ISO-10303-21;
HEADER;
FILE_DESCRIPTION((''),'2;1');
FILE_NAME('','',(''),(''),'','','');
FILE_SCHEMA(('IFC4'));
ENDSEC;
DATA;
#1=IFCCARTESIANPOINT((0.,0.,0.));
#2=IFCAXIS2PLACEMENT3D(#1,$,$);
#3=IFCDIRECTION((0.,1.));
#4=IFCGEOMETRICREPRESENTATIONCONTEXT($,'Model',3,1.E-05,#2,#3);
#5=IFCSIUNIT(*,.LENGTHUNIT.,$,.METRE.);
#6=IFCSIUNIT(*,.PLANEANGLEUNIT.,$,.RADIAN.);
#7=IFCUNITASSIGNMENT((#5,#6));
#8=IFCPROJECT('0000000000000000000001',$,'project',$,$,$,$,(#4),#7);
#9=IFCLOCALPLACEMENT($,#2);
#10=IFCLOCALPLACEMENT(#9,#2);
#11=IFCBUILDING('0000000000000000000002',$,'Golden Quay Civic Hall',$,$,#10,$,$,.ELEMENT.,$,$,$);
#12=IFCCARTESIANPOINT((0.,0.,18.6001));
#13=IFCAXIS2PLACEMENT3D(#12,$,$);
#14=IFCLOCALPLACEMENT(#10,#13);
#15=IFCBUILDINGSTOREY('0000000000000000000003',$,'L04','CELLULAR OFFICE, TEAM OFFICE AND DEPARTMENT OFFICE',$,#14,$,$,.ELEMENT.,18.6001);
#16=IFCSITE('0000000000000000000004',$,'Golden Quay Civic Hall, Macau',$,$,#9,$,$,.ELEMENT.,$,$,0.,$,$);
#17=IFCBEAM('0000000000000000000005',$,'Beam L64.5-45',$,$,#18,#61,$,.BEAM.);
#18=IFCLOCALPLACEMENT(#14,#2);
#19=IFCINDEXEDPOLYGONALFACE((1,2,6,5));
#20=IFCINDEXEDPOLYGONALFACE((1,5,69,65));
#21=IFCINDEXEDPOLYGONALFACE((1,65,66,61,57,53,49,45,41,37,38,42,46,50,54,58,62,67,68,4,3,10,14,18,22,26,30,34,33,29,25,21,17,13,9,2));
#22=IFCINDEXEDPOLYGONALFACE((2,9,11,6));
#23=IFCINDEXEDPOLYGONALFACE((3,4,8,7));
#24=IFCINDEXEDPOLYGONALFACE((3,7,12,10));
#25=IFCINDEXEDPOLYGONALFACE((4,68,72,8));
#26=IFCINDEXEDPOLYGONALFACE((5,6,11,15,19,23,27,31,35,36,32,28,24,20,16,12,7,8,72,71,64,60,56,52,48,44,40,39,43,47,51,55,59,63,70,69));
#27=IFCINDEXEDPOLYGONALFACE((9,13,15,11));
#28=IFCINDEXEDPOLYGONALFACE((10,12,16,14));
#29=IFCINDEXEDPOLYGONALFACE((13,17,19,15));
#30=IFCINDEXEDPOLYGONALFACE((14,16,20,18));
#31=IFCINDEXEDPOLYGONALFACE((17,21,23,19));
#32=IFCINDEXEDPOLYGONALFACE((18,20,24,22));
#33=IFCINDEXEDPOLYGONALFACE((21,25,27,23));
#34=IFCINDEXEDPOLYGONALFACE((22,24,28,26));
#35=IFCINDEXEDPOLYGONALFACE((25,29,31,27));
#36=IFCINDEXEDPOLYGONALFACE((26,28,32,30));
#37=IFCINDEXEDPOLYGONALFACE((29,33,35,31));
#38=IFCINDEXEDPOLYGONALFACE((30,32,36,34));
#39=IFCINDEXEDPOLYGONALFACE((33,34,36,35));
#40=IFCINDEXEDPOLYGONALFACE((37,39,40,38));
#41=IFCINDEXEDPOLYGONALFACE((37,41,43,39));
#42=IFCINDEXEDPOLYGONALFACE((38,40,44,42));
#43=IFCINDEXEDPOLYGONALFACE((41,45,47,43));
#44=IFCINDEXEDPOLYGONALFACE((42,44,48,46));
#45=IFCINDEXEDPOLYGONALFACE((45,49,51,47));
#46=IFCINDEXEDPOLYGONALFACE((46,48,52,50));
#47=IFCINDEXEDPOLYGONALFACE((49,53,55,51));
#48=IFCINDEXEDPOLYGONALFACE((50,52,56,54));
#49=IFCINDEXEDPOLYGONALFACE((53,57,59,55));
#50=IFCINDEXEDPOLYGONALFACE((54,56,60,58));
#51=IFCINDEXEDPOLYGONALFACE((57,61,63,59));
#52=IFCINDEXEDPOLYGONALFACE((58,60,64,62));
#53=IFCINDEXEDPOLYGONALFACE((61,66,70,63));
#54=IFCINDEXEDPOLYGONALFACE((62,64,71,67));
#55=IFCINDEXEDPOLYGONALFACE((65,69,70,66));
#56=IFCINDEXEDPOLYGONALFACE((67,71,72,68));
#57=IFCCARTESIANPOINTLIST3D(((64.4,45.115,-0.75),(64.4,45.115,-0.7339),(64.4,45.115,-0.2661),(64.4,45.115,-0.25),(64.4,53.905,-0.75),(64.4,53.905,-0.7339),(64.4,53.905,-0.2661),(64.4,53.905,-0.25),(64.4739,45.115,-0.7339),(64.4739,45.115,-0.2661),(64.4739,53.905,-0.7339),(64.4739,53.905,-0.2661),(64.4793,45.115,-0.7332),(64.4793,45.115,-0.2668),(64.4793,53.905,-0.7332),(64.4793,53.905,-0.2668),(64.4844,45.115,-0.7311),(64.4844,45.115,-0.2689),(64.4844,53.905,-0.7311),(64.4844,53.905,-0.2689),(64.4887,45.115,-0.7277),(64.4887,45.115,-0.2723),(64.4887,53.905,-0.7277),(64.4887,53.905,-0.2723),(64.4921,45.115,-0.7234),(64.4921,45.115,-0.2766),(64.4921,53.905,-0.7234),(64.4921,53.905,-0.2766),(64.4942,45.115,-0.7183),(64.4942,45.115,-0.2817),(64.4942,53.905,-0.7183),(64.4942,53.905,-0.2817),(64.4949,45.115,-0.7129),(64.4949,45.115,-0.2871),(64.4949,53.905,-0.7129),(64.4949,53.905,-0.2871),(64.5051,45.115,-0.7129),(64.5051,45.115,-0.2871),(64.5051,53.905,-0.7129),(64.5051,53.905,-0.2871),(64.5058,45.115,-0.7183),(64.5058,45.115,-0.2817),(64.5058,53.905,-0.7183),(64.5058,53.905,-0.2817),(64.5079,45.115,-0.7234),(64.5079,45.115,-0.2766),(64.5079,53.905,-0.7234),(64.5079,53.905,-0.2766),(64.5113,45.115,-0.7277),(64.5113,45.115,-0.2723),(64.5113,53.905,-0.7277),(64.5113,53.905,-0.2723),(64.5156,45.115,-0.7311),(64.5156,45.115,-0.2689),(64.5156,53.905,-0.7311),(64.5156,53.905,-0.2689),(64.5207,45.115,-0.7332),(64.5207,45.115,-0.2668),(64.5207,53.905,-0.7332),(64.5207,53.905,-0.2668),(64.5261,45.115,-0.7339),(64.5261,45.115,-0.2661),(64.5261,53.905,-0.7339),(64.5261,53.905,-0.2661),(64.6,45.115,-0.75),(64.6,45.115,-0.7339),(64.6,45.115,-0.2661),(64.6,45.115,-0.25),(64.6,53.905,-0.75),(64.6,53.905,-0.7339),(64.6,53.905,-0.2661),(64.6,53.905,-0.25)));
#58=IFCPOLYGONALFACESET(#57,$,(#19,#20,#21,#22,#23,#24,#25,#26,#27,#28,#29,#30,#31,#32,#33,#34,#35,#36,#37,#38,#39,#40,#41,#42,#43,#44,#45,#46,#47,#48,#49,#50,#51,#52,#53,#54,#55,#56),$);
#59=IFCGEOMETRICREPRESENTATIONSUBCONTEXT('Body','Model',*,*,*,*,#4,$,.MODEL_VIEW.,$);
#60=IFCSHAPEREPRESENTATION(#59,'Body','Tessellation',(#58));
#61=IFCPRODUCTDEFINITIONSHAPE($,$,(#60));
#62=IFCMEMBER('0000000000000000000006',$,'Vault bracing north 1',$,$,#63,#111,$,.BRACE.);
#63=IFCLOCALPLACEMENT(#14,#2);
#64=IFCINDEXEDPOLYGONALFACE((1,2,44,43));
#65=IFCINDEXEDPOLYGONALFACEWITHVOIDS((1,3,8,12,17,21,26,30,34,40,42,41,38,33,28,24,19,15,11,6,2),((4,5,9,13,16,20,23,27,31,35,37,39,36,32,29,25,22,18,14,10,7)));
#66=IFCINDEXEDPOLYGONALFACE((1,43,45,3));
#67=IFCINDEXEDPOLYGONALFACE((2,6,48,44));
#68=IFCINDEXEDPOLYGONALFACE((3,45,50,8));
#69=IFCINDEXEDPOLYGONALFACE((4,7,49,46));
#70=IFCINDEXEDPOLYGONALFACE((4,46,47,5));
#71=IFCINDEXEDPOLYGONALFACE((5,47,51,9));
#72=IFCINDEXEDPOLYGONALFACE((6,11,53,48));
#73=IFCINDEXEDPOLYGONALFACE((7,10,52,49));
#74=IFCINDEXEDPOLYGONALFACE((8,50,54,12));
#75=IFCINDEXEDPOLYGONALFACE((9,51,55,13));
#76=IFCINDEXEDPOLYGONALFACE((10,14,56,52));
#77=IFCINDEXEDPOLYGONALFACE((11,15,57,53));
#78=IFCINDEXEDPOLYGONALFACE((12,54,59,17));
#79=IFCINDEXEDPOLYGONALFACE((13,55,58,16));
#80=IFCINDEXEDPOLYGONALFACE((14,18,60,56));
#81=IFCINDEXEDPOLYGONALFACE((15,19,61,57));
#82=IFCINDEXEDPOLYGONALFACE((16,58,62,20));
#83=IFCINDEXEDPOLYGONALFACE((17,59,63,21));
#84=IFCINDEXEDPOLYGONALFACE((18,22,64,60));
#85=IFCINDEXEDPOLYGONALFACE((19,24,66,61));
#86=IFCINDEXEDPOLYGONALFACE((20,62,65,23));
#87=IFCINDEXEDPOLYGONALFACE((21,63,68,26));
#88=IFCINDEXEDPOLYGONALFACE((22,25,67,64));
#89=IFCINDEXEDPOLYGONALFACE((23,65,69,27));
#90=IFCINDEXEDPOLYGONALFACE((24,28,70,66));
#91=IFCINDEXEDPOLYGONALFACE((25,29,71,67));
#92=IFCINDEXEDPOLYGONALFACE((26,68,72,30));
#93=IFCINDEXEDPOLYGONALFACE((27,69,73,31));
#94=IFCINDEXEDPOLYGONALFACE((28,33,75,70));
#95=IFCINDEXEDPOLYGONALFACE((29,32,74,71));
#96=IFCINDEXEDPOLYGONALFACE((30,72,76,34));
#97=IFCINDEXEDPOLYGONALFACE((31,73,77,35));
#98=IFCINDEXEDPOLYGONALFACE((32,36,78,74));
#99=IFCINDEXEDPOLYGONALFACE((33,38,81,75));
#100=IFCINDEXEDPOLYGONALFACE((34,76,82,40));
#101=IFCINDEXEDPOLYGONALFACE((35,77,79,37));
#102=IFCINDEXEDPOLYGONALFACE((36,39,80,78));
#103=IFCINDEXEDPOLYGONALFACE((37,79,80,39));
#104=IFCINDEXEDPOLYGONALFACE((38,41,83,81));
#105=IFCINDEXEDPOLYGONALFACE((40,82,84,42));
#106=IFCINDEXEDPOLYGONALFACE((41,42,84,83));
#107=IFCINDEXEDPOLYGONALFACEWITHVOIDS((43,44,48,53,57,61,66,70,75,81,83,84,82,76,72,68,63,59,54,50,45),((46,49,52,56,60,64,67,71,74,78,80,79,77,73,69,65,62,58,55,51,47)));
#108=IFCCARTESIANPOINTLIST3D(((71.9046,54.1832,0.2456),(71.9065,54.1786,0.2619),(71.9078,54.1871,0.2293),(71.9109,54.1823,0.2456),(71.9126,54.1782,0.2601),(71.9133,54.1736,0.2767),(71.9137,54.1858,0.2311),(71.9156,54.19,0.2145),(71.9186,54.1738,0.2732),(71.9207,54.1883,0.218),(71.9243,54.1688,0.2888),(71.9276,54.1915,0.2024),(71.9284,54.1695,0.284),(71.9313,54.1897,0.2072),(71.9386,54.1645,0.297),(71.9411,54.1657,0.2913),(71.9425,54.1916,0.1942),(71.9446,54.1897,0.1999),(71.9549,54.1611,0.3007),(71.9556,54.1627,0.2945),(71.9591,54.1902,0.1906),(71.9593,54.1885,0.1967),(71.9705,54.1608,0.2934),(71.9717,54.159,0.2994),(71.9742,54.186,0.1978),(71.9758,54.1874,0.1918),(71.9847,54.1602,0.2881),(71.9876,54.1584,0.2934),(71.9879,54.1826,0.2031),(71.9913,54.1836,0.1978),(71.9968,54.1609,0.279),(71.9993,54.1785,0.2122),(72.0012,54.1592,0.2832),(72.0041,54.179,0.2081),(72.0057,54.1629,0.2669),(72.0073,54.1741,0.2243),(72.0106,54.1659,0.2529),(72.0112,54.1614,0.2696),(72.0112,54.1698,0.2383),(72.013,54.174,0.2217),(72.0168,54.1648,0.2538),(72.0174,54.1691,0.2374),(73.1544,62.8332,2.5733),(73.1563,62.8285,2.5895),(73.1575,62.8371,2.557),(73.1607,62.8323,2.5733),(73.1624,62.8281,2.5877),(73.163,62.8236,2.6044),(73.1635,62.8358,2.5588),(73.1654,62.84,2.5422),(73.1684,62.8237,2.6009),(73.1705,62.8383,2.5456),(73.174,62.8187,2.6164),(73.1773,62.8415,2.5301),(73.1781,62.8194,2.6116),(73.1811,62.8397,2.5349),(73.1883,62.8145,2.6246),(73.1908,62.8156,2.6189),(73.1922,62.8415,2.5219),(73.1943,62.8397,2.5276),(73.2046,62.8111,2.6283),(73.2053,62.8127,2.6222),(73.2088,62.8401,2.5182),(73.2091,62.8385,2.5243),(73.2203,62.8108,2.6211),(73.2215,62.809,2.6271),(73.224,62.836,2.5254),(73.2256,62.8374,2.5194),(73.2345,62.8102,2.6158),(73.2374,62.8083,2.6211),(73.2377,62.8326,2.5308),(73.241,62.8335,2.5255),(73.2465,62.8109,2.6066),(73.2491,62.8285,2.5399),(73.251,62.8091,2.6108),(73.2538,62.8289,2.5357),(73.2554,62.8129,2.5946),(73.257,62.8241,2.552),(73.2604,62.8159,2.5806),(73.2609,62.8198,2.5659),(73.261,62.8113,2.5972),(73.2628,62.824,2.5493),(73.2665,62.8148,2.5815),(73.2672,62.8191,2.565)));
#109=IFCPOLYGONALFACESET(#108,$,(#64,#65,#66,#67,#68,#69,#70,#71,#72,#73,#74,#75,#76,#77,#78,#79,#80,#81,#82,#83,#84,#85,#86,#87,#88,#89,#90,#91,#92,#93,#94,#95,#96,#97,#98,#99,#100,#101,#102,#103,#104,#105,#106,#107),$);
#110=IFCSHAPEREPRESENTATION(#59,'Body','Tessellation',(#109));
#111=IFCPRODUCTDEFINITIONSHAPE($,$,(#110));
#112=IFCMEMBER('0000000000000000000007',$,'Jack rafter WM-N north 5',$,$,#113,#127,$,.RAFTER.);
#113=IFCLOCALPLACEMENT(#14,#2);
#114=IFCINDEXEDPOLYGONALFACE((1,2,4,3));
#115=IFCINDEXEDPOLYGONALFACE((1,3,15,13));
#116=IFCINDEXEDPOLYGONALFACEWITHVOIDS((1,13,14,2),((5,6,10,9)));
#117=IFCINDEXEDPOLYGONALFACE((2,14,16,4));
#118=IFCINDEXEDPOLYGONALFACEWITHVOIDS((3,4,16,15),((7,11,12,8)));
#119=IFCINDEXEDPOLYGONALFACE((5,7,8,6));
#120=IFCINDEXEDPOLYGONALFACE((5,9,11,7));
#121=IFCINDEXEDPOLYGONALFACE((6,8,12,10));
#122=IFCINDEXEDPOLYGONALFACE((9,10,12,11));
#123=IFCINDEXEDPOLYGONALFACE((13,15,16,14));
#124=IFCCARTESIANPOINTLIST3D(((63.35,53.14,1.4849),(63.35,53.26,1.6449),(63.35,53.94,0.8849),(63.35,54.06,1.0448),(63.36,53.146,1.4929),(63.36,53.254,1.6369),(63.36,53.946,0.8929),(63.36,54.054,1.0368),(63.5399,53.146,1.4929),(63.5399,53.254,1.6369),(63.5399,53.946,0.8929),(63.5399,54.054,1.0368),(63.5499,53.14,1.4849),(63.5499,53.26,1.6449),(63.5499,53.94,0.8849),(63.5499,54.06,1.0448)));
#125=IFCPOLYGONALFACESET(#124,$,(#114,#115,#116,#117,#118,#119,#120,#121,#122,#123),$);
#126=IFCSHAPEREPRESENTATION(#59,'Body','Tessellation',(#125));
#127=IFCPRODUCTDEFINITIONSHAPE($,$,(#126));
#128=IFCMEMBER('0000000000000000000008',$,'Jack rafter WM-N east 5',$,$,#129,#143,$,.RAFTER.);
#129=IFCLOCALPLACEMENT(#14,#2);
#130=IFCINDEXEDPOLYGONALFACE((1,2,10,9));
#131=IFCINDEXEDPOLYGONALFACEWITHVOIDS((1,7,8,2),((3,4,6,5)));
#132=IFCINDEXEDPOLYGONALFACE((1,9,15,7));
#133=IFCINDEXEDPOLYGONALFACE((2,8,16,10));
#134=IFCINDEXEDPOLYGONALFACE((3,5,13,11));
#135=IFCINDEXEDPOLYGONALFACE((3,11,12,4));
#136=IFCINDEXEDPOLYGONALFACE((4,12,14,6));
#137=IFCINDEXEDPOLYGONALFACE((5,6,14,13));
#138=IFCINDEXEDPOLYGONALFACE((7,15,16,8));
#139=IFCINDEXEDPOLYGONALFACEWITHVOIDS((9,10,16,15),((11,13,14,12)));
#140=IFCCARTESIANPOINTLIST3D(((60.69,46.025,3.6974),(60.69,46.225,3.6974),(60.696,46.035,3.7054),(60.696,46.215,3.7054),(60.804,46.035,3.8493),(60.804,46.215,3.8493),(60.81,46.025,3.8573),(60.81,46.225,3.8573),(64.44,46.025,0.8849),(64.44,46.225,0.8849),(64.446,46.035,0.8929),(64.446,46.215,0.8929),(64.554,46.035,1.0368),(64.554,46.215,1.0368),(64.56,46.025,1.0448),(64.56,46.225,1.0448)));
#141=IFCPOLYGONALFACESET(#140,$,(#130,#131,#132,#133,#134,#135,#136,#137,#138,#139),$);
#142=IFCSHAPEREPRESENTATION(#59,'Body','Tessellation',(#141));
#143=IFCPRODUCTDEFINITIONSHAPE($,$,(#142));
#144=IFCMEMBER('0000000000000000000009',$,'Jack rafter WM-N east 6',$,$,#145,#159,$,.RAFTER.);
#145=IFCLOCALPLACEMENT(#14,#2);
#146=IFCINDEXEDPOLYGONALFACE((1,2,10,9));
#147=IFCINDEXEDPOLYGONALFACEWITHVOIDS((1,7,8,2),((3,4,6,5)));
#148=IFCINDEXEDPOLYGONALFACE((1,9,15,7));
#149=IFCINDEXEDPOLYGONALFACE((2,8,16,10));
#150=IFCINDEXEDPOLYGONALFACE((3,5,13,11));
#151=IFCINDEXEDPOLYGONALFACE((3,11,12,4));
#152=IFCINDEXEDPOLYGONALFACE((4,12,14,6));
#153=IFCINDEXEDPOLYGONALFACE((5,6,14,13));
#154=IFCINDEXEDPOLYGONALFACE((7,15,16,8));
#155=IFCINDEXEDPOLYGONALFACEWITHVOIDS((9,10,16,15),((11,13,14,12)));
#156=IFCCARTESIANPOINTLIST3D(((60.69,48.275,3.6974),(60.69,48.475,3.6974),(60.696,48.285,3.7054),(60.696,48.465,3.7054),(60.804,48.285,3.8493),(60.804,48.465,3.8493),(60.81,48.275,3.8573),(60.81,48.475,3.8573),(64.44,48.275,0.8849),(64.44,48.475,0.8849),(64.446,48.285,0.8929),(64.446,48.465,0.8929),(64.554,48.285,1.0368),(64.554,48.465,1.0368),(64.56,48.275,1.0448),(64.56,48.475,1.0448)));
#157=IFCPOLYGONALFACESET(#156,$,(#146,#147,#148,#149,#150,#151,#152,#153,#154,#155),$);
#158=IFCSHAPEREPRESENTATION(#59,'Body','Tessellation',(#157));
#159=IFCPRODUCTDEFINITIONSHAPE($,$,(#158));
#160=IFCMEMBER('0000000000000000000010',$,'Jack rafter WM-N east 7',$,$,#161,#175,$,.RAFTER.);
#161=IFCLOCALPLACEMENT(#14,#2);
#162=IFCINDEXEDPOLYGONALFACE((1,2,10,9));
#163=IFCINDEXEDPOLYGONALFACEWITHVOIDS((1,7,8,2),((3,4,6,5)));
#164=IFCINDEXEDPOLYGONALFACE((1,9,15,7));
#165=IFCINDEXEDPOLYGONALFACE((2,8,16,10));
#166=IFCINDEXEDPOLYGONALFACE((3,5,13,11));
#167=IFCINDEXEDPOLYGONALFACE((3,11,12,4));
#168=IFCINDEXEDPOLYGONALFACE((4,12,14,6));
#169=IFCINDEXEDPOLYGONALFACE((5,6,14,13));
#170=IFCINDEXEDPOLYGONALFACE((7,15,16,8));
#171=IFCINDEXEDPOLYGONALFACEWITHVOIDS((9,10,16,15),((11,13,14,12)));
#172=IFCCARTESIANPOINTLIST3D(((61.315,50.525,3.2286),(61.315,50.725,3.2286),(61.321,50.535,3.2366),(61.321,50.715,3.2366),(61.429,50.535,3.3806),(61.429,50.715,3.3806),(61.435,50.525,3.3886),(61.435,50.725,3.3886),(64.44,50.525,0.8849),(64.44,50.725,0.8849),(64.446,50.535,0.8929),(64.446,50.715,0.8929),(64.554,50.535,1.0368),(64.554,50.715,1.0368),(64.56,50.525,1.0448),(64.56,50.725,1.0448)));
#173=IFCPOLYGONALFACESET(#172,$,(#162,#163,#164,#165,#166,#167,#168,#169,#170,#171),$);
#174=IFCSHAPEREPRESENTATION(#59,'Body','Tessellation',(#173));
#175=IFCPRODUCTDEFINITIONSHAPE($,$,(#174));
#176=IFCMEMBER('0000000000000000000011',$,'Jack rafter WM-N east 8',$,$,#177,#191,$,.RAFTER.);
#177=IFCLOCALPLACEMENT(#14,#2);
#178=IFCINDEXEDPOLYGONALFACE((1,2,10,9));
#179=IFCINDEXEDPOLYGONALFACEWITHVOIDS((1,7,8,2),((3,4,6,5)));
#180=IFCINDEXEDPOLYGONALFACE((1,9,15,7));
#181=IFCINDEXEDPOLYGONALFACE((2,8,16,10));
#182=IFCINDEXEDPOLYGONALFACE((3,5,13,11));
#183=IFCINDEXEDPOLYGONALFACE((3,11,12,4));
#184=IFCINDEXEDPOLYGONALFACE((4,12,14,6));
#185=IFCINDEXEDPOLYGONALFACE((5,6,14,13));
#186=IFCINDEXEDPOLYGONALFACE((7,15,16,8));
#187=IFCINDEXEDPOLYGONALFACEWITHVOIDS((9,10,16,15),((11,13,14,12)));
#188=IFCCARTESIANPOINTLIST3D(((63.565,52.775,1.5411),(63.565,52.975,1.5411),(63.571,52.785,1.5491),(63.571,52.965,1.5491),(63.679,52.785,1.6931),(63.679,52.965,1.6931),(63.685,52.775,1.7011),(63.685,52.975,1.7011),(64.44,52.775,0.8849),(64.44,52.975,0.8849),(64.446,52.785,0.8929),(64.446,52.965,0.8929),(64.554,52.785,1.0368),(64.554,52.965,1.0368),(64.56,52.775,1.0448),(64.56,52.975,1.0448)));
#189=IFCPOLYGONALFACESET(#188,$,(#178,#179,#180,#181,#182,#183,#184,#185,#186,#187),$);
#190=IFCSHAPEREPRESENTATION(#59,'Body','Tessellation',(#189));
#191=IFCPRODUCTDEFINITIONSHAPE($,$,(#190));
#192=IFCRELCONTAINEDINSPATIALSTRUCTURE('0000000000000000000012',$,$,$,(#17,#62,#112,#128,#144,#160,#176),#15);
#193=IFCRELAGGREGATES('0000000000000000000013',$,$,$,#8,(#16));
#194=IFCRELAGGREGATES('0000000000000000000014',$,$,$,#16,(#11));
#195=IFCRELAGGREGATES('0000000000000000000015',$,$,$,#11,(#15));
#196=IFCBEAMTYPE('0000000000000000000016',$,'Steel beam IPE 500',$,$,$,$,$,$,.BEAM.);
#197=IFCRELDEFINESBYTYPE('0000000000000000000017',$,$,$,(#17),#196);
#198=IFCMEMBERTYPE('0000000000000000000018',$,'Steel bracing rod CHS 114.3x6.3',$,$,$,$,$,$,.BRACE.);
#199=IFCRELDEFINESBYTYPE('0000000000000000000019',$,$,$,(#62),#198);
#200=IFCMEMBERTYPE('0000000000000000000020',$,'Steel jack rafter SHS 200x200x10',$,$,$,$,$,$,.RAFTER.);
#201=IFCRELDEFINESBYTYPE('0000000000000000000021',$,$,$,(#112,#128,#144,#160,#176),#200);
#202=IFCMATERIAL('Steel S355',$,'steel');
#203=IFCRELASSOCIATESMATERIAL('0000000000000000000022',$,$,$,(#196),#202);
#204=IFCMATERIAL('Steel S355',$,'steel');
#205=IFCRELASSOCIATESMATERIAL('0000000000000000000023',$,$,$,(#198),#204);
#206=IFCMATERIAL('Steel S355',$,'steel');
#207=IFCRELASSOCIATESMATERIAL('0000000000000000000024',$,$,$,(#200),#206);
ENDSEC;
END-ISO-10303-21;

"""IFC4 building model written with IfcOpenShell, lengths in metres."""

from ifc_helpers import new_model, si_unit, direction, frame, origin, origin_2d, place, context, subcontext, project, spatial, hollow_rectangle, hollow_circle, i_section, extrude, material, material_profile, profile_set, type_object, element, save


model = new_model("IFC4")

# Units and contexts
model_context = context("Model", 3, precision=1e-05, world=origin(), true_north=direction((0.0, 1.0)))
body_context = subcontext(model_context, "Body", "Model", "MODEL_VIEW")
ifc_project = project(units=[si_unit("LENGTHUNIT", "METRE"), si_unit("PLANEANGLEUNIT", "RADIAN")], contexts=[model_context])

# Site, building, storey
site_placement = place(None, origin())
site = spatial("IfcSite", under=ifc_project, at=site_placement, Name="Golden Quay Civic Hall, Macau", CompositionType="ELEMENT", RefElevation=0.0)
building_placement = place(site_placement, origin())
building = spatial("IfcBuilding", under=site, at=building_placement, Name="Golden Quay Civic Hall", CompositionType="ELEMENT")
storey_placement = place(building_placement, frame((0.0, 0.0, 18.6001)))
storey = spatial("IfcBuildingStorey", under=building, at=storey_placement, Name="L04", Description="CELLULAR OFFICE, TEAM OFFICE AND DEPARTMENT OFFICE", CompositionType="ELEMENT", Elevation=18.6001)

# Beam
ifc_material_1 = material(Name="Steel S355", Category="steel")
ifc_material_profile_1 = material_profile(ifc_material_1, i_section(OverallWidth=0.2, OverallDepth=0.5, WebThickness=0.0103, FlangeThickness=0.0161, FilletRadius=0.021, at=origin_2d()), Name="IPE 500")
ifc_profile_set_1 = profile_set([ifc_material_profile_1], Name="Steel S355")
beam_type_1 = type_object("IfcBeamType", Name="Steel beam IPE 500", PredefinedType="BEAM", material=ifc_profile_set_1)
beam_1_placement = place(storey_placement, frame((64.5, 45.115, -0.5), z_axis=(0.0, 1.0, 0.0), x_axis=(-1.0, 0.0, 0.0)))
element("IfcBeam", 1, at=beam_1_placement, inside=storey, type_object=beam_type_1, Name="Beam L64.5-45", PredefinedType="BEAM", context=body_context, shape_type="SweptSolid", body=[
    extrude(i_section(OverallWidth=0.2, OverallDepth=0.5, WebThickness=0.0103, FlangeThickness=0.0161, FilletRadius=0.021, at=origin_2d()), origin(), (0.0, 0.0, 1.0), 8.79),
])

# Members
ifc_material_2 = material(Name="Steel S355", Category="steel")
ifc_material_profile_2 = material_profile(ifc_material_2, hollow_circle(Radius=0.0571, WallThickness=0.0063, at=origin_2d()), Name="CHS 114.3x6.3")
ifc_profile_set_2 = profile_set([ifc_material_profile_2], Name="Steel S355")
member_type_1 = type_object("IfcMemberType", Name="Steel bracing rod CHS 114.3x6.3", PredefinedType="BRACE", material=ifc_profile_set_2)
member_1_placement = place(storey_placement, frame((71.9612, 54.175, 0.2456), z_axis=(0.138181, 0.956385, 0.257358), x_axis=(-0.989723, 0.142997, 0.0)))
element("IfcMember", 2, at=member_1_placement, inside=storey, type_object=member_type_1, Name="Vault bracing north 1", PredefinedType="BRACE", context=body_context, shape_type="SweptSolid", body=[
    extrude(hollow_circle(Radius=0.0571, WallThickness=0.0063, at=origin_2d()), origin(), (0.0, 0.0, 1.0), 9.0444),
])
ifc_material_3 = material(Name="Steel S355", Category="steel")
ifc_material_profile_3 = material_profile(ifc_material_3, hollow_rectangle(XDim=0.2, YDim=0.2, WallThickness=0.01, at=origin_2d()), Name="SHS 200x200x10")
ifc_profile_set_3 = profile_set([ifc_material_profile_3], Name="Steel S355")
member_type_2 = type_object("IfcMemberType", Name="Steel jack rafter SHS 200x200x10", PredefinedType="RAFTER", material=ifc_profile_set_3)
member_2_placement = place(storey_placement, frame((63.45, 54.0, 0.9648), z_axis=(0.0, -0.799971, 0.600039), x_axis=(1.0, 0.0, 0.0)))
element("IfcMember", 3, at=member_2_placement, inside=storey, type_object=member_type_2, Name="Jack rafter WM-N north 5", PredefinedType="RAFTER", context=body_context, shape_type="SweptSolid", body=[
    extrude(hollow_rectangle(XDim=0.2, YDim=0.2, WallThickness=0.01, at=origin_2d()), origin(), (0.0, 0.0, 1.0), 1.0),
])
for number, where, z_axis, x_axis, name in (
    (4, (64.5, 46.125, 0.9648), (-0.8, 0.0, 0.6), (0.0, -1.0, 0.0), "Jack rafter WM-N east 5"),
    (5, (64.5, 48.375, 0.9648), (-0.8, 0.0, 0.6), (0.0, -1.0, 0.0), "Jack rafter WM-N east 6"),
):
    element("IfcMember", number, at=place(storey_placement, frame(where, z_axis=z_axis, x_axis=x_axis)), inside=storey, type_object=member_type_2, Name=name, PredefinedType="RAFTER", context=body_context, shape_type="SweptSolid", body=[
        extrude(hollow_rectangle(XDim=0.2, YDim=0.2, WallThickness=0.01, at=origin_2d()), origin(), (0.0, 0.0, 1.0), 4.6875),
    ])
member_3_placement = place(storey_placement, frame((64.5, 50.625, 0.9648), z_axis=(-0.8, 0.0, 0.6), x_axis=(0.0, -1.0, 0.0)))
element("IfcMember", 6, at=member_3_placement, inside=storey, type_object=member_type_2, Name="Jack rafter WM-N east 7", PredefinedType="RAFTER", context=body_context, shape_type="SweptSolid", body=[
    extrude(hollow_rectangle(XDim=0.2, YDim=0.2, WallThickness=0.01, at=origin_2d()), origin(), (0.0, 0.0, 1.0), 3.9062),
])
member_4_placement = place(storey_placement, frame((64.5, 52.875, 0.9648), z_axis=(-0.8, 0.0, 0.6), x_axis=(0.0, -1.0, 0.0)))
element("IfcMember", 7, at=member_4_placement, inside=storey, type_object=member_type_2, Name="Jack rafter WM-N east 8", PredefinedType="RAFTER", context=body_context, shape_type="SweptSolid", body=[
    extrude(hollow_rectangle(XDim=0.2, YDim=0.2, WallThickness=0.01, at=origin_2d()), origin(), (0.0, 0.0, 1.0), 1.0938),
])

save(model, "model.ifc")
